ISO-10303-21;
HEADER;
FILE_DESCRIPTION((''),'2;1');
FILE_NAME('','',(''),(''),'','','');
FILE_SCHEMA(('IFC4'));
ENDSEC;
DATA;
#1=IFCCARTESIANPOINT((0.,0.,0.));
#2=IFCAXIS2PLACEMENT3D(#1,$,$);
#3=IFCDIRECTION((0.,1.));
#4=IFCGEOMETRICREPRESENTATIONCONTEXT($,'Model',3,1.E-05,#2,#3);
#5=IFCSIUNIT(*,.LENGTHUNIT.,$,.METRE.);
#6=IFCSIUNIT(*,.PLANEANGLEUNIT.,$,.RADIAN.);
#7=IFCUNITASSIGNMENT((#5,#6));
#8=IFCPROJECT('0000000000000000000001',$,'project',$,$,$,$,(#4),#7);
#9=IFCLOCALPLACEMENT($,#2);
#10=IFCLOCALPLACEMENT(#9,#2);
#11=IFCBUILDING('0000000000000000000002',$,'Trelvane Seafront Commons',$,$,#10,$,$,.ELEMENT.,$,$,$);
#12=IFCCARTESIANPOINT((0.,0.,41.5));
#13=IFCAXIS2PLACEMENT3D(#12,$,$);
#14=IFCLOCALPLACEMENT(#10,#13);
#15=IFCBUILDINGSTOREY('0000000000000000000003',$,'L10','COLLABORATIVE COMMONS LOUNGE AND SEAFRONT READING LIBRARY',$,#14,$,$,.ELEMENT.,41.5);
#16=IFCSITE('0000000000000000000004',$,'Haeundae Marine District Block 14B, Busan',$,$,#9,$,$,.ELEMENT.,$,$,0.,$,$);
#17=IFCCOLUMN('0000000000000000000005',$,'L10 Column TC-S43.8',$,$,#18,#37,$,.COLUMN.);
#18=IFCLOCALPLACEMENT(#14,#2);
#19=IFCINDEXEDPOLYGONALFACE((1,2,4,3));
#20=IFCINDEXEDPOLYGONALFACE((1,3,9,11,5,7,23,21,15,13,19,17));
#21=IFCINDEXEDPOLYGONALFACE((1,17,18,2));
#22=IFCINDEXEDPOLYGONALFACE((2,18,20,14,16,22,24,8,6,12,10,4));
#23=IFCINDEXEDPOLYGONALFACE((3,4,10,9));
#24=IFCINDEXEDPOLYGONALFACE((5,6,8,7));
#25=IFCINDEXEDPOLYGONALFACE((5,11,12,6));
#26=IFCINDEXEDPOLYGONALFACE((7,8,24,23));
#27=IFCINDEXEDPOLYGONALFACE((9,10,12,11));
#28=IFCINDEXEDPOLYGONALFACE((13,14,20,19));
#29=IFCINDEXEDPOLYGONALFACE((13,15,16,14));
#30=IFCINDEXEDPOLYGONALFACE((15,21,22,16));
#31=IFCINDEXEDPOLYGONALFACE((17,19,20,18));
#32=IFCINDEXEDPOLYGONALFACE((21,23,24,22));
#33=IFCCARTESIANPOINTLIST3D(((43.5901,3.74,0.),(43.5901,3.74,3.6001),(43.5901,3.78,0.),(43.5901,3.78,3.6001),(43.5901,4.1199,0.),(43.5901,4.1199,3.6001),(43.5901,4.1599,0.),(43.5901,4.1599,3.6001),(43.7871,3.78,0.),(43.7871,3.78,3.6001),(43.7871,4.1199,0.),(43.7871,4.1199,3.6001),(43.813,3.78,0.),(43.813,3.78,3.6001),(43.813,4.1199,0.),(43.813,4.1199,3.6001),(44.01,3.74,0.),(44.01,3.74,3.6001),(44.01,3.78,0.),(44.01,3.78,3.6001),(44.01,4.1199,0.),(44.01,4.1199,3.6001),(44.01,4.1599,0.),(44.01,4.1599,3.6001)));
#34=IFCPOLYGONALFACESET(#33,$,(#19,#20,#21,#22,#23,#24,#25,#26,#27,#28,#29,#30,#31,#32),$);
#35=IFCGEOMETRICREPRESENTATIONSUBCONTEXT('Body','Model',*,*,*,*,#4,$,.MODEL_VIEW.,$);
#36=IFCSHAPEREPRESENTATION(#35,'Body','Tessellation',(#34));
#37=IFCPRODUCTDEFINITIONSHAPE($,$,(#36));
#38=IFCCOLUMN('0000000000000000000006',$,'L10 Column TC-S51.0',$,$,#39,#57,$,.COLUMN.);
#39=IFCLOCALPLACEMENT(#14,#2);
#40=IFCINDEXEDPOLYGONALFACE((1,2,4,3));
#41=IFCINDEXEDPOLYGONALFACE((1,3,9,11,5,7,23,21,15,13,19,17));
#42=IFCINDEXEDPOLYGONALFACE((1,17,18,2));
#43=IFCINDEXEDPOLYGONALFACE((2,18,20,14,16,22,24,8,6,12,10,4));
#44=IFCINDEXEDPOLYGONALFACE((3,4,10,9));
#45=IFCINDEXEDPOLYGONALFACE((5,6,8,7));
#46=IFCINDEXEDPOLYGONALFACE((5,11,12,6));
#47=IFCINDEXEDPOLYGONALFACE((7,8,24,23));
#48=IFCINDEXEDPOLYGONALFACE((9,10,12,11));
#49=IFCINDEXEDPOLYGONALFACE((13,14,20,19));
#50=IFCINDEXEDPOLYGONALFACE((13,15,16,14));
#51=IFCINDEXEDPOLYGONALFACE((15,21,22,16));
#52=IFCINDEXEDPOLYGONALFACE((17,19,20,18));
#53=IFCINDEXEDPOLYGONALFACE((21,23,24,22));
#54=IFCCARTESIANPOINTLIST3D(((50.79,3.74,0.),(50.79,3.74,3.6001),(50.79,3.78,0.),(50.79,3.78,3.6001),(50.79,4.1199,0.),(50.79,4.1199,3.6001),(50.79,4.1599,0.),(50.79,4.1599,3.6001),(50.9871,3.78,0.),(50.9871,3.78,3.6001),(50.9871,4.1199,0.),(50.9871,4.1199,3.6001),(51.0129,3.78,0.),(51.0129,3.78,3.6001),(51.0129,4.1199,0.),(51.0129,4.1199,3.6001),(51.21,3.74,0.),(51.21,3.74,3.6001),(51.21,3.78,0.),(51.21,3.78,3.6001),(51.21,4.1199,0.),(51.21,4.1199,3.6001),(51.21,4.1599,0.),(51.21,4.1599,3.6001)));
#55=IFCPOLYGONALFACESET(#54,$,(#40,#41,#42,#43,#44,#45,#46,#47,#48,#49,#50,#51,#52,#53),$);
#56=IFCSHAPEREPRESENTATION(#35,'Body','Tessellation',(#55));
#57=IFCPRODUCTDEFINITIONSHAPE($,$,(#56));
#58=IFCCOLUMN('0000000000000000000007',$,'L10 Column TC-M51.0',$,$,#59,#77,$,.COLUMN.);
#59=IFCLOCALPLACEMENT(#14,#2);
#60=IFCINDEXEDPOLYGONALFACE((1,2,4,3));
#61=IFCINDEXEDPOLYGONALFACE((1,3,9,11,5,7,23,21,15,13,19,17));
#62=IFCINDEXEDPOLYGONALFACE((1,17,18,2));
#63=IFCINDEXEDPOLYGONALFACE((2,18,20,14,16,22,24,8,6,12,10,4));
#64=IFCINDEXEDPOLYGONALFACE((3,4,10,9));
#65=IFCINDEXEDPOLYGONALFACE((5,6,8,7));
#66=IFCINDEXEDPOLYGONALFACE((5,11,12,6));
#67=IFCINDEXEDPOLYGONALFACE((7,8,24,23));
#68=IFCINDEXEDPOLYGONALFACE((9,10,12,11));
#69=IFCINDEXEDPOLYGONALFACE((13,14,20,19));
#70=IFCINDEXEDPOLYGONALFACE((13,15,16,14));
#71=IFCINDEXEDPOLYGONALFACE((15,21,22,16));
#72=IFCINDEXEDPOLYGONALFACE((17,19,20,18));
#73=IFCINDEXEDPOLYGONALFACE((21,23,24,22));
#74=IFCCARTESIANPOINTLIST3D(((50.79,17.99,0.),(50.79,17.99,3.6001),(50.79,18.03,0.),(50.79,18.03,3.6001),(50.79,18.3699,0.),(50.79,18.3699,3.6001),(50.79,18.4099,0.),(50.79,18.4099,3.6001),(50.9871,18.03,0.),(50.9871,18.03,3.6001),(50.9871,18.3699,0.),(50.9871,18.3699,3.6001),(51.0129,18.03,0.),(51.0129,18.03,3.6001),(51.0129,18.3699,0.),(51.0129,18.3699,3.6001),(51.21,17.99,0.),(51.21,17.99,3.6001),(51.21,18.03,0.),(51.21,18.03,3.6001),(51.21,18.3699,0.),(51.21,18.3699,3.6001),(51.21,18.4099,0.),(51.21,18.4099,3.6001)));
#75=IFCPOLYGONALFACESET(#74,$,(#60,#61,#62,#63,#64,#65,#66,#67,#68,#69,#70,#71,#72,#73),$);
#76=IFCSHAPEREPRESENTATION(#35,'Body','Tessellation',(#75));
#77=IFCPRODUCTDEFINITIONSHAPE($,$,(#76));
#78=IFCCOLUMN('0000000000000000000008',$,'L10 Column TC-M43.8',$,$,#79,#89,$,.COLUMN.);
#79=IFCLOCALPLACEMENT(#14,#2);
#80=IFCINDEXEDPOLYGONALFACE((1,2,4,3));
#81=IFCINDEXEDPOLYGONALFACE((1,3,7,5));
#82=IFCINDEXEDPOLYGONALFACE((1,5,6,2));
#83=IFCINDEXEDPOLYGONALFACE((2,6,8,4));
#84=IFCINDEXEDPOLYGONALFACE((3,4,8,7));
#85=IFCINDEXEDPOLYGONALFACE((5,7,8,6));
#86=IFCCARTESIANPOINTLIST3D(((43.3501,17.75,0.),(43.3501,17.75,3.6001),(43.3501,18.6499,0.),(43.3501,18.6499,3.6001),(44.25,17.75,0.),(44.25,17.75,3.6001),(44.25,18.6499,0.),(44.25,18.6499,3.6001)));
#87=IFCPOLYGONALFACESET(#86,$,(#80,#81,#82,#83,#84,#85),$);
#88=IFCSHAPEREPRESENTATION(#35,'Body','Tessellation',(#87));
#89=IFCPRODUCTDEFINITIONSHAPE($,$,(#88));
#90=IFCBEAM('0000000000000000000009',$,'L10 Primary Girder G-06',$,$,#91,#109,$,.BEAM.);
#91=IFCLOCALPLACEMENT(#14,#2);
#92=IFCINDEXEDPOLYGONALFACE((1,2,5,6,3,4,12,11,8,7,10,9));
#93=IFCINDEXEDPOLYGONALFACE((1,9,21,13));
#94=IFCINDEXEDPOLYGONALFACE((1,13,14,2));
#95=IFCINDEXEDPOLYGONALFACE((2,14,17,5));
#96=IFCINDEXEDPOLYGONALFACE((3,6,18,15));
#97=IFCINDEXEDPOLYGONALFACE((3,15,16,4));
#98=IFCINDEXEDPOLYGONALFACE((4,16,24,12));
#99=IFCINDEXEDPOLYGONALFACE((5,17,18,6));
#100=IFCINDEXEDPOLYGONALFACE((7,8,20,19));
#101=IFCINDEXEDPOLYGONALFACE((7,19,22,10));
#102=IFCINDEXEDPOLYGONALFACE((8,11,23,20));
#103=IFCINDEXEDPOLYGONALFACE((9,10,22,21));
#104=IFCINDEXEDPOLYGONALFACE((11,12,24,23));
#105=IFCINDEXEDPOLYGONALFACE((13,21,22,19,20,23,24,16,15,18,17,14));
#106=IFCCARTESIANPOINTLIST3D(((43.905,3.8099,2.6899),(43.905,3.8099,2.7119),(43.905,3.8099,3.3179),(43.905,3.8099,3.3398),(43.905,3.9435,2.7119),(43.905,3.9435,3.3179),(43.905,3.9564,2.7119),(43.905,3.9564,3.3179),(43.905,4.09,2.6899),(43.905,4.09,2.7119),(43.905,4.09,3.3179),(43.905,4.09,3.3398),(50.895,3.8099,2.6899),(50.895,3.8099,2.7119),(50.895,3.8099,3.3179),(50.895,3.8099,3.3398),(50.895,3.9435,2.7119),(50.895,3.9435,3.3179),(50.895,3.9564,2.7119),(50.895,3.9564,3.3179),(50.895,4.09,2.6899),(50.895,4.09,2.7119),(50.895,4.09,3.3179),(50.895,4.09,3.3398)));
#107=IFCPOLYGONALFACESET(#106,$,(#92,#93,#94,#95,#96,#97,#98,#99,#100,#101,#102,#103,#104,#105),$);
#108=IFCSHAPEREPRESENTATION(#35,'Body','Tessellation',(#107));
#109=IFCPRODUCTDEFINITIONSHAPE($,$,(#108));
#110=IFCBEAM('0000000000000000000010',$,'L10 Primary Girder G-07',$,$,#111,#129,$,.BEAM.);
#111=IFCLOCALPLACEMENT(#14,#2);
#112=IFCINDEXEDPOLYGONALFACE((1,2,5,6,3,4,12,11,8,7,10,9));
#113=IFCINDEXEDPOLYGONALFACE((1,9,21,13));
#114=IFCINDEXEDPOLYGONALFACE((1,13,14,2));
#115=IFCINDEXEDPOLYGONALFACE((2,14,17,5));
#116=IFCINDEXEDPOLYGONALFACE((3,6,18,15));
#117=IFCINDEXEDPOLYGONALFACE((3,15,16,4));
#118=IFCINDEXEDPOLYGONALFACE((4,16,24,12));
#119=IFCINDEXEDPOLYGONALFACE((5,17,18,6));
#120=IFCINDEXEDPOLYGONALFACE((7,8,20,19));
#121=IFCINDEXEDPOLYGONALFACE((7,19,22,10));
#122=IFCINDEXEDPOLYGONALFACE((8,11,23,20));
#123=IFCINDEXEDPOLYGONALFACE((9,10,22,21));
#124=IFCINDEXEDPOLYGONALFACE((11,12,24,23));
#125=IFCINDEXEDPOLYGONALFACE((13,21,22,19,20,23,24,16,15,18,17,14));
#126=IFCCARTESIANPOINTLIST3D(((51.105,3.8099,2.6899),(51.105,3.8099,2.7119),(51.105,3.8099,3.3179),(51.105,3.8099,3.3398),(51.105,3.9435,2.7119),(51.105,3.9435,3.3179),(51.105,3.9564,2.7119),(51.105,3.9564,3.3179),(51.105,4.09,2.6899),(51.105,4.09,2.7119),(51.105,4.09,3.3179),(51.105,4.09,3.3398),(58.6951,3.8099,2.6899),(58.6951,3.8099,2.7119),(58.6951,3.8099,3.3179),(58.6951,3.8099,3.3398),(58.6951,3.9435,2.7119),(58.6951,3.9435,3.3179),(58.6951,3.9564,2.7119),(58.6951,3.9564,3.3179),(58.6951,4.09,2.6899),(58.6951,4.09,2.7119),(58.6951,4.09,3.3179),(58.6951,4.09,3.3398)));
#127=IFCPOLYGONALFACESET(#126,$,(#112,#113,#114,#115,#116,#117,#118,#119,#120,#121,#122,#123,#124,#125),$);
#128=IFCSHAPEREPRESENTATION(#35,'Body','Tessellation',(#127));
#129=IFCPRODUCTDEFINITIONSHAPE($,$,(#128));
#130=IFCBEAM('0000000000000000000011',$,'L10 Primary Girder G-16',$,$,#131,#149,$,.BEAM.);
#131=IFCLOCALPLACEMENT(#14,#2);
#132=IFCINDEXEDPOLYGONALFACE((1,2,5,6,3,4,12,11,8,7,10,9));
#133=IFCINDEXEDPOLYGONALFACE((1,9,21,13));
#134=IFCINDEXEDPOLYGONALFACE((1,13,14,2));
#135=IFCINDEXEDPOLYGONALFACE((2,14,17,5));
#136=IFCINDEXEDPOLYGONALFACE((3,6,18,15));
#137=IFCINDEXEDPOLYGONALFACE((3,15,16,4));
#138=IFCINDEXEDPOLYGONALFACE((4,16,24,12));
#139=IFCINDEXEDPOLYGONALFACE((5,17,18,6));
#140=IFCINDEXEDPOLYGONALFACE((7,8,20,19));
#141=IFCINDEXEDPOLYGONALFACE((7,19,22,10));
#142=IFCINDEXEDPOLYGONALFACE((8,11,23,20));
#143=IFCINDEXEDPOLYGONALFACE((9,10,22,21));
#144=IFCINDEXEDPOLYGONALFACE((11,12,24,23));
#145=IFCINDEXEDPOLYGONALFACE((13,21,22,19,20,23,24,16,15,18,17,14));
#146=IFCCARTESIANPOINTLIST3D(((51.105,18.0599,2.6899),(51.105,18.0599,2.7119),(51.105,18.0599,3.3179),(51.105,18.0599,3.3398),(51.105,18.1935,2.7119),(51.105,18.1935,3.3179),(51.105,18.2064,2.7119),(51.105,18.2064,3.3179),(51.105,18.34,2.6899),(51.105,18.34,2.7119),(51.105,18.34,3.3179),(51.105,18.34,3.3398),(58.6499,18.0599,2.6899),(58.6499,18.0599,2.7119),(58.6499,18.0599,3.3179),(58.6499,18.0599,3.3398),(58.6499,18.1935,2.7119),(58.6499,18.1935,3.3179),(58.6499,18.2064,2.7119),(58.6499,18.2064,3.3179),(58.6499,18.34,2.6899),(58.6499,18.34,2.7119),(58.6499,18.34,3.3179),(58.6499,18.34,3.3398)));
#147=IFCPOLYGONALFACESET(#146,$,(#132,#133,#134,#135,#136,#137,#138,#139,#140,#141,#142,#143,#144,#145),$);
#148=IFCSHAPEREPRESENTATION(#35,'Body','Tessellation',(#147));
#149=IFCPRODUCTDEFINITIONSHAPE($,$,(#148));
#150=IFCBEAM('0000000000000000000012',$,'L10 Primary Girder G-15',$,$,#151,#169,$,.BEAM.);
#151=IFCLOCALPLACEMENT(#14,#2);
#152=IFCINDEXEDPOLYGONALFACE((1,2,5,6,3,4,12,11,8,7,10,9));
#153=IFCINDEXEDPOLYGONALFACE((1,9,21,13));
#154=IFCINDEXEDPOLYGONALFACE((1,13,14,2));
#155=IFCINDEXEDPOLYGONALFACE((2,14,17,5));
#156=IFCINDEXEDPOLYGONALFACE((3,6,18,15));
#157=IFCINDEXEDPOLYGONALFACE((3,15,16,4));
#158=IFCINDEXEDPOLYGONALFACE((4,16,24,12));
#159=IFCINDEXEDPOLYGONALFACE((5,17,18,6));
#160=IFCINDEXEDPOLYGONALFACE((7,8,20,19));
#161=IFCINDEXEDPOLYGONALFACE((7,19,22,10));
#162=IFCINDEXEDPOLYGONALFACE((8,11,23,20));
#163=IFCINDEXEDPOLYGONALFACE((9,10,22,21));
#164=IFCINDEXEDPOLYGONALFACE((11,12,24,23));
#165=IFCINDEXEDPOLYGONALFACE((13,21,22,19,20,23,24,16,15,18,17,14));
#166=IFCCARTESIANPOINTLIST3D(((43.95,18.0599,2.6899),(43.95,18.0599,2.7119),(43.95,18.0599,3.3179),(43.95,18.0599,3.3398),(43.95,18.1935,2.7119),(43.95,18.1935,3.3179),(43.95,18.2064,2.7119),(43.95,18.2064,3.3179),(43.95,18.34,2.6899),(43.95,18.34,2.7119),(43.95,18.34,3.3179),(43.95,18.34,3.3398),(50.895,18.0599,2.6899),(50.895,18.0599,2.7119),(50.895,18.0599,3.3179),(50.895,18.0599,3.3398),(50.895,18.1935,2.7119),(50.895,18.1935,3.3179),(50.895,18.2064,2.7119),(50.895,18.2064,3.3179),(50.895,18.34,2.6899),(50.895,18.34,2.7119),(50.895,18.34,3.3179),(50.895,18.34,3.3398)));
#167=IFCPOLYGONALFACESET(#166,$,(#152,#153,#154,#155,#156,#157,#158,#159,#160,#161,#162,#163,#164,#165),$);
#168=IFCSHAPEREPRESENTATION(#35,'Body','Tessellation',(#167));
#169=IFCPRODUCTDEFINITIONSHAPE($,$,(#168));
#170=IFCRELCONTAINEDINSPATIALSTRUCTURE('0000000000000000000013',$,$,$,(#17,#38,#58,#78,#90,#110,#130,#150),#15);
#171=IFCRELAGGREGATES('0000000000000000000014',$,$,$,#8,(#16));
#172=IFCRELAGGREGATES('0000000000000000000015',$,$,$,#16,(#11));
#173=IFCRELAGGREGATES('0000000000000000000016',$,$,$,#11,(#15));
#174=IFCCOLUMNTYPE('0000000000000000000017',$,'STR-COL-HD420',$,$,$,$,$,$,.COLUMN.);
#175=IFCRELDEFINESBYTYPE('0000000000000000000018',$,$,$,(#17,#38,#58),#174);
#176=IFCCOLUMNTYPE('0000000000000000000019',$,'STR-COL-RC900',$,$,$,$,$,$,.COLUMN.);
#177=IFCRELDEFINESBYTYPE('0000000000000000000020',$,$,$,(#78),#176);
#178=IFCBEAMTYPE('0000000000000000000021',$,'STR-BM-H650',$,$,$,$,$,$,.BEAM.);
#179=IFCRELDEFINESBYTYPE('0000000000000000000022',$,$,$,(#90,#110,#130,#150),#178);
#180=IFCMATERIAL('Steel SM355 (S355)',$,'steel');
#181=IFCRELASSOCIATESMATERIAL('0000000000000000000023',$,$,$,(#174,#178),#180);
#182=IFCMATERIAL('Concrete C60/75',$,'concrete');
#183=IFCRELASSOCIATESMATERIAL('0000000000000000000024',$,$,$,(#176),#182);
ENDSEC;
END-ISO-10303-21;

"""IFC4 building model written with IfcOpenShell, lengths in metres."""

from ifc_helpers import new_model, si_unit, direction, frame, origin, origin_2d, place, context, subcontext, project, spatial, rectangle, i_section, extrude, source, transform, mapped, material, material_profile, profile_set, type_object, element, save


model = new_model("IFC4")

# Units and contexts
model_context = context("Model", 3, precision=1e-05, world=origin(), true_north=direction((0.0, 1.0)))
body_context = subcontext(model_context, "Body", "Model", "MODEL_VIEW")
ifc_project = project(units=[si_unit("LENGTHUNIT", "METRE"), si_unit("PLANEANGLEUNIT", "RADIAN")], contexts=[model_context])

# Site, building, storey
site_placement = place(None, origin())
site = spatial("IfcSite", under=ifc_project, at=site_placement, Name="Haeundae Marine District Block 14B, Busan", CompositionType="ELEMENT", RefElevation=0.0)
building_placement = place(site_placement, origin())
building = spatial("IfcBuilding", under=site, at=building_placement, Name="Trelvane Seafront Commons", CompositionType="ELEMENT")
storey_placement = place(building_placement, frame((0.0, 0.0, 41.5)))
storey = spatial("IfcBuildingStorey", under=building, at=storey_placement, Name="L10", Description="COLLABORATIVE COMMONS LOUNGE AND SEAFRONT READING LIBRARY", CompositionType="ELEMENT", Elevation=41.5)

# Columns
ifc_material_1 = material(Name="Steel SM355 (S355)", Category="steel")
ifc_material_profile_1 = material_profile(ifc_material_1, i_section(OverallWidth=0.4199, OverallDepth=0.4199, WebThickness=0.0259, FlangeThickness=0.04, at=origin_2d()), Name="HD-420x420x26x40")
ifc_profile_set_1 = profile_set([ifc_material_profile_1], Name="Steel SM355 (S355)")
column_type_1 = type_object("IfcColumnType", Name="STR-COL-HD420", PredefinedType="COLUMN", material=ifc_profile_set_1)
shared_shape_1 = source(origin(), body_context, "Body", "SweptSolid", [
    extrude(i_section(OverallWidth=0.4199, OverallDepth=0.4199, WebThickness=0.0259, FlangeThickness=0.04, at=origin_2d()), origin(), (0.0, 0.0, 1.0), 3.6001),
])
for number, where, z_axis, x_axis, name in (
    (1, (43.8, 3.95, 0.0), (0.0, 0.0, 1.0), (1.0, 0.0, 0.0), "L10 Column TC-S43.8"),
    (2, (51.0, 3.95, 0.0), (0.0, 0.0, 1.0), (1.0, 0.0, 0.0), "L10 Column TC-S51.0"),
    (3, (51.0, 18.2, 0.0), (0.0, 0.0, 1.0), (1.0, 0.0, 0.0), "L10 Column TC-M51.0"),
):
    element("IfcColumn", number, at=place(storey_placement, frame(where, z_axis=z_axis, x_axis=x_axis)), inside=storey, type_object=column_type_1, Name=name, PredefinedType="COLUMN", context=body_context, shape_type="MappedRepresentation", body=[
        mapped(shared_shape_1, transform((0.0, 0.0, 0.0), x_axis=(1.0, 0.0, 0.0), y_axis=(0.0, 1.0, 0.0), z_axis=(0.0, 0.0, 1.0), scale=1.0)),
    ])
ifc_material_2 = material(Name="Concrete C60/75", Category="concrete")
ifc_material_profile_2 = material_profile(ifc_material_2, rectangle(XDim=0.8999, YDim=0.8999, at=origin_2d()), Name="RC-900x900")
ifc_profile_set_2 = profile_set([ifc_material_profile_2], Name="Concrete C60/75")
column_type_2 = type_object("IfcColumnType", Name="STR-COL-RC900", PredefinedType="COLUMN", material=ifc_profile_set_2)
shared_shape_2 = source(origin(), body_context, "Body", "SweptSolid", [
    extrude(rectangle(XDim=0.8999, YDim=0.8999, at=origin_2d()), origin(), (0.0, 0.0, 1.0), 3.6001),
])
column_placement = place(storey_placement, frame((43.8, 18.2, 0.0), z_axis=(0.0, 0.0, 1.0), x_axis=(1.0, 0.0, 0.0)))
element("IfcColumn", 4, at=column_placement, inside=storey, type_object=column_type_2, Name="L10 Column TC-M43.8", PredefinedType="COLUMN", context=body_context, shape_type="MappedRepresentation", body=[
    mapped(shared_shape_2, transform((0.0, 0.0, 0.0), x_axis=(1.0, 0.0, 0.0), y_axis=(0.0, 1.0, 0.0), z_axis=(0.0, 0.0, 1.0), scale=1.0)),
])

# Beams
ifc_material_profile_3 = material_profile(ifc_material_1, i_section(OverallWidth=0.28, OverallDepth=0.6499, WebThickness=0.0129, FlangeThickness=0.022, at=origin_2d()), Name="H-650x280x13x22")
ifc_profile_set_3 = profile_set([ifc_material_profile_3], Name="Steel SM355 (S355)")
beam_type_1 = type_object("IfcBeamType", Name="STR-BM-H650", PredefinedType="BEAM", material=ifc_profile_set_3)
shared_shape_3 = source(origin(), body_context, "Body", "SweptSolid", [
    extrude(i_section(OverallWidth=0.28, OverallDepth=0.6499, WebThickness=0.0129, FlangeThickness=0.022, at=origin_2d()), origin(), (0.0, 0.0, 1.0), 6.99),
])
beam_1_placement = place(storey_placement, frame((43.905, 3.95, 3.0149), z_axis=(1.0, 0.0, 0.0), x_axis=(0.0, 1.0, 0.0)))
element("IfcBeam", 5, at=beam_1_placement, inside=storey, type_object=beam_type_1, Name="L10 Primary Girder G-06", PredefinedType="BEAM", context=body_context, shape_type="MappedRepresentation", body=[
    mapped(shared_shape_3, transform((0.0, 0.0, 0.0), x_axis=(1.0, 0.0, 0.0), y_axis=(0.0, 1.0, 0.0), z_axis=(0.0, 0.0, 1.0), scale=1.0)),
])
shared_shape_4 = source(origin(), body_context, "Body", "SweptSolid", [
    extrude(i_section(OverallWidth=0.28, OverallDepth=0.6499, WebThickness=0.0129, FlangeThickness=0.022, at=origin_2d()), origin(), (0.0, 0.0, 1.0), 7.5901),
])
beam_2_placement = place(storey_placement, frame((51.105, 3.95, 3.0149), z_axis=(1.0, 0.0, 0.0), x_axis=(0.0, 1.0, 0.0)))
element("IfcBeam", 6, at=beam_2_placement, inside=storey, type_object=beam_type_1, Name="L10 Primary Girder G-07", PredefinedType="BEAM", context=body_context, shape_type="MappedRepresentation", body=[
    mapped(shared_shape_4, transform((0.0, 0.0, 0.0), x_axis=(1.0, 0.0, 0.0), y_axis=(0.0, 1.0, 0.0), z_axis=(0.0, 0.0, 1.0), scale=1.0)),
])
shared_shape_5 = source(origin(), body_context, "Body", "SweptSolid", [
    extrude(i_section(OverallWidth=0.28, OverallDepth=0.6499, WebThickness=0.0129, FlangeThickness=0.022, at=origin_2d()), origin(), (0.0, 0.0, 1.0), 7.5449),
])
beam_3_placement = place(storey_placement, frame((51.105, 18.2, 3.0149), z_axis=(1.0, 0.0, 0.0), x_axis=(0.0, 1.0, 0.0)))
element("IfcBeam", 7, at=beam_3_placement, inside=storey, type_object=beam_type_1, Name="L10 Primary Girder G-16", PredefinedType="BEAM", context=body_context, shape_type="MappedRepresentation", body=[
    mapped(shared_shape_5, transform((0.0, 0.0, 0.0), x_axis=(1.0, 0.0, 0.0), y_axis=(0.0, 1.0, 0.0), z_axis=(0.0, 0.0, 1.0), scale=1.0)),
])
shared_shape_6 = source(origin(), body_context, "Body", "SweptSolid", [
    extrude(i_section(OverallWidth=0.28, OverallDepth=0.6499, WebThickness=0.0129, FlangeThickness=0.022, at=origin_2d()), origin(), (0.0, 0.0, 1.0), 6.9451),
])
beam_4_placement = place(storey_placement, frame((43.95, 18.2, 3.0149), z_axis=(1.0, 0.0, 0.0), x_axis=(0.0, 1.0, 0.0)))
element("IfcBeam", 8, at=beam_4_placement, inside=storey, type_object=beam_type_1, Name="L10 Primary Girder G-15", PredefinedType="BEAM", context=body_context, shape_type="MappedRepresentation", body=[
    mapped(shared_shape_6, transform((0.0, 0.0, 0.0), x_axis=(1.0, 0.0, 0.0), y_axis=(0.0, 1.0, 0.0), z_axis=(0.0, 0.0, 1.0), scale=1.0)),
])

save(model, "model.ifc")
